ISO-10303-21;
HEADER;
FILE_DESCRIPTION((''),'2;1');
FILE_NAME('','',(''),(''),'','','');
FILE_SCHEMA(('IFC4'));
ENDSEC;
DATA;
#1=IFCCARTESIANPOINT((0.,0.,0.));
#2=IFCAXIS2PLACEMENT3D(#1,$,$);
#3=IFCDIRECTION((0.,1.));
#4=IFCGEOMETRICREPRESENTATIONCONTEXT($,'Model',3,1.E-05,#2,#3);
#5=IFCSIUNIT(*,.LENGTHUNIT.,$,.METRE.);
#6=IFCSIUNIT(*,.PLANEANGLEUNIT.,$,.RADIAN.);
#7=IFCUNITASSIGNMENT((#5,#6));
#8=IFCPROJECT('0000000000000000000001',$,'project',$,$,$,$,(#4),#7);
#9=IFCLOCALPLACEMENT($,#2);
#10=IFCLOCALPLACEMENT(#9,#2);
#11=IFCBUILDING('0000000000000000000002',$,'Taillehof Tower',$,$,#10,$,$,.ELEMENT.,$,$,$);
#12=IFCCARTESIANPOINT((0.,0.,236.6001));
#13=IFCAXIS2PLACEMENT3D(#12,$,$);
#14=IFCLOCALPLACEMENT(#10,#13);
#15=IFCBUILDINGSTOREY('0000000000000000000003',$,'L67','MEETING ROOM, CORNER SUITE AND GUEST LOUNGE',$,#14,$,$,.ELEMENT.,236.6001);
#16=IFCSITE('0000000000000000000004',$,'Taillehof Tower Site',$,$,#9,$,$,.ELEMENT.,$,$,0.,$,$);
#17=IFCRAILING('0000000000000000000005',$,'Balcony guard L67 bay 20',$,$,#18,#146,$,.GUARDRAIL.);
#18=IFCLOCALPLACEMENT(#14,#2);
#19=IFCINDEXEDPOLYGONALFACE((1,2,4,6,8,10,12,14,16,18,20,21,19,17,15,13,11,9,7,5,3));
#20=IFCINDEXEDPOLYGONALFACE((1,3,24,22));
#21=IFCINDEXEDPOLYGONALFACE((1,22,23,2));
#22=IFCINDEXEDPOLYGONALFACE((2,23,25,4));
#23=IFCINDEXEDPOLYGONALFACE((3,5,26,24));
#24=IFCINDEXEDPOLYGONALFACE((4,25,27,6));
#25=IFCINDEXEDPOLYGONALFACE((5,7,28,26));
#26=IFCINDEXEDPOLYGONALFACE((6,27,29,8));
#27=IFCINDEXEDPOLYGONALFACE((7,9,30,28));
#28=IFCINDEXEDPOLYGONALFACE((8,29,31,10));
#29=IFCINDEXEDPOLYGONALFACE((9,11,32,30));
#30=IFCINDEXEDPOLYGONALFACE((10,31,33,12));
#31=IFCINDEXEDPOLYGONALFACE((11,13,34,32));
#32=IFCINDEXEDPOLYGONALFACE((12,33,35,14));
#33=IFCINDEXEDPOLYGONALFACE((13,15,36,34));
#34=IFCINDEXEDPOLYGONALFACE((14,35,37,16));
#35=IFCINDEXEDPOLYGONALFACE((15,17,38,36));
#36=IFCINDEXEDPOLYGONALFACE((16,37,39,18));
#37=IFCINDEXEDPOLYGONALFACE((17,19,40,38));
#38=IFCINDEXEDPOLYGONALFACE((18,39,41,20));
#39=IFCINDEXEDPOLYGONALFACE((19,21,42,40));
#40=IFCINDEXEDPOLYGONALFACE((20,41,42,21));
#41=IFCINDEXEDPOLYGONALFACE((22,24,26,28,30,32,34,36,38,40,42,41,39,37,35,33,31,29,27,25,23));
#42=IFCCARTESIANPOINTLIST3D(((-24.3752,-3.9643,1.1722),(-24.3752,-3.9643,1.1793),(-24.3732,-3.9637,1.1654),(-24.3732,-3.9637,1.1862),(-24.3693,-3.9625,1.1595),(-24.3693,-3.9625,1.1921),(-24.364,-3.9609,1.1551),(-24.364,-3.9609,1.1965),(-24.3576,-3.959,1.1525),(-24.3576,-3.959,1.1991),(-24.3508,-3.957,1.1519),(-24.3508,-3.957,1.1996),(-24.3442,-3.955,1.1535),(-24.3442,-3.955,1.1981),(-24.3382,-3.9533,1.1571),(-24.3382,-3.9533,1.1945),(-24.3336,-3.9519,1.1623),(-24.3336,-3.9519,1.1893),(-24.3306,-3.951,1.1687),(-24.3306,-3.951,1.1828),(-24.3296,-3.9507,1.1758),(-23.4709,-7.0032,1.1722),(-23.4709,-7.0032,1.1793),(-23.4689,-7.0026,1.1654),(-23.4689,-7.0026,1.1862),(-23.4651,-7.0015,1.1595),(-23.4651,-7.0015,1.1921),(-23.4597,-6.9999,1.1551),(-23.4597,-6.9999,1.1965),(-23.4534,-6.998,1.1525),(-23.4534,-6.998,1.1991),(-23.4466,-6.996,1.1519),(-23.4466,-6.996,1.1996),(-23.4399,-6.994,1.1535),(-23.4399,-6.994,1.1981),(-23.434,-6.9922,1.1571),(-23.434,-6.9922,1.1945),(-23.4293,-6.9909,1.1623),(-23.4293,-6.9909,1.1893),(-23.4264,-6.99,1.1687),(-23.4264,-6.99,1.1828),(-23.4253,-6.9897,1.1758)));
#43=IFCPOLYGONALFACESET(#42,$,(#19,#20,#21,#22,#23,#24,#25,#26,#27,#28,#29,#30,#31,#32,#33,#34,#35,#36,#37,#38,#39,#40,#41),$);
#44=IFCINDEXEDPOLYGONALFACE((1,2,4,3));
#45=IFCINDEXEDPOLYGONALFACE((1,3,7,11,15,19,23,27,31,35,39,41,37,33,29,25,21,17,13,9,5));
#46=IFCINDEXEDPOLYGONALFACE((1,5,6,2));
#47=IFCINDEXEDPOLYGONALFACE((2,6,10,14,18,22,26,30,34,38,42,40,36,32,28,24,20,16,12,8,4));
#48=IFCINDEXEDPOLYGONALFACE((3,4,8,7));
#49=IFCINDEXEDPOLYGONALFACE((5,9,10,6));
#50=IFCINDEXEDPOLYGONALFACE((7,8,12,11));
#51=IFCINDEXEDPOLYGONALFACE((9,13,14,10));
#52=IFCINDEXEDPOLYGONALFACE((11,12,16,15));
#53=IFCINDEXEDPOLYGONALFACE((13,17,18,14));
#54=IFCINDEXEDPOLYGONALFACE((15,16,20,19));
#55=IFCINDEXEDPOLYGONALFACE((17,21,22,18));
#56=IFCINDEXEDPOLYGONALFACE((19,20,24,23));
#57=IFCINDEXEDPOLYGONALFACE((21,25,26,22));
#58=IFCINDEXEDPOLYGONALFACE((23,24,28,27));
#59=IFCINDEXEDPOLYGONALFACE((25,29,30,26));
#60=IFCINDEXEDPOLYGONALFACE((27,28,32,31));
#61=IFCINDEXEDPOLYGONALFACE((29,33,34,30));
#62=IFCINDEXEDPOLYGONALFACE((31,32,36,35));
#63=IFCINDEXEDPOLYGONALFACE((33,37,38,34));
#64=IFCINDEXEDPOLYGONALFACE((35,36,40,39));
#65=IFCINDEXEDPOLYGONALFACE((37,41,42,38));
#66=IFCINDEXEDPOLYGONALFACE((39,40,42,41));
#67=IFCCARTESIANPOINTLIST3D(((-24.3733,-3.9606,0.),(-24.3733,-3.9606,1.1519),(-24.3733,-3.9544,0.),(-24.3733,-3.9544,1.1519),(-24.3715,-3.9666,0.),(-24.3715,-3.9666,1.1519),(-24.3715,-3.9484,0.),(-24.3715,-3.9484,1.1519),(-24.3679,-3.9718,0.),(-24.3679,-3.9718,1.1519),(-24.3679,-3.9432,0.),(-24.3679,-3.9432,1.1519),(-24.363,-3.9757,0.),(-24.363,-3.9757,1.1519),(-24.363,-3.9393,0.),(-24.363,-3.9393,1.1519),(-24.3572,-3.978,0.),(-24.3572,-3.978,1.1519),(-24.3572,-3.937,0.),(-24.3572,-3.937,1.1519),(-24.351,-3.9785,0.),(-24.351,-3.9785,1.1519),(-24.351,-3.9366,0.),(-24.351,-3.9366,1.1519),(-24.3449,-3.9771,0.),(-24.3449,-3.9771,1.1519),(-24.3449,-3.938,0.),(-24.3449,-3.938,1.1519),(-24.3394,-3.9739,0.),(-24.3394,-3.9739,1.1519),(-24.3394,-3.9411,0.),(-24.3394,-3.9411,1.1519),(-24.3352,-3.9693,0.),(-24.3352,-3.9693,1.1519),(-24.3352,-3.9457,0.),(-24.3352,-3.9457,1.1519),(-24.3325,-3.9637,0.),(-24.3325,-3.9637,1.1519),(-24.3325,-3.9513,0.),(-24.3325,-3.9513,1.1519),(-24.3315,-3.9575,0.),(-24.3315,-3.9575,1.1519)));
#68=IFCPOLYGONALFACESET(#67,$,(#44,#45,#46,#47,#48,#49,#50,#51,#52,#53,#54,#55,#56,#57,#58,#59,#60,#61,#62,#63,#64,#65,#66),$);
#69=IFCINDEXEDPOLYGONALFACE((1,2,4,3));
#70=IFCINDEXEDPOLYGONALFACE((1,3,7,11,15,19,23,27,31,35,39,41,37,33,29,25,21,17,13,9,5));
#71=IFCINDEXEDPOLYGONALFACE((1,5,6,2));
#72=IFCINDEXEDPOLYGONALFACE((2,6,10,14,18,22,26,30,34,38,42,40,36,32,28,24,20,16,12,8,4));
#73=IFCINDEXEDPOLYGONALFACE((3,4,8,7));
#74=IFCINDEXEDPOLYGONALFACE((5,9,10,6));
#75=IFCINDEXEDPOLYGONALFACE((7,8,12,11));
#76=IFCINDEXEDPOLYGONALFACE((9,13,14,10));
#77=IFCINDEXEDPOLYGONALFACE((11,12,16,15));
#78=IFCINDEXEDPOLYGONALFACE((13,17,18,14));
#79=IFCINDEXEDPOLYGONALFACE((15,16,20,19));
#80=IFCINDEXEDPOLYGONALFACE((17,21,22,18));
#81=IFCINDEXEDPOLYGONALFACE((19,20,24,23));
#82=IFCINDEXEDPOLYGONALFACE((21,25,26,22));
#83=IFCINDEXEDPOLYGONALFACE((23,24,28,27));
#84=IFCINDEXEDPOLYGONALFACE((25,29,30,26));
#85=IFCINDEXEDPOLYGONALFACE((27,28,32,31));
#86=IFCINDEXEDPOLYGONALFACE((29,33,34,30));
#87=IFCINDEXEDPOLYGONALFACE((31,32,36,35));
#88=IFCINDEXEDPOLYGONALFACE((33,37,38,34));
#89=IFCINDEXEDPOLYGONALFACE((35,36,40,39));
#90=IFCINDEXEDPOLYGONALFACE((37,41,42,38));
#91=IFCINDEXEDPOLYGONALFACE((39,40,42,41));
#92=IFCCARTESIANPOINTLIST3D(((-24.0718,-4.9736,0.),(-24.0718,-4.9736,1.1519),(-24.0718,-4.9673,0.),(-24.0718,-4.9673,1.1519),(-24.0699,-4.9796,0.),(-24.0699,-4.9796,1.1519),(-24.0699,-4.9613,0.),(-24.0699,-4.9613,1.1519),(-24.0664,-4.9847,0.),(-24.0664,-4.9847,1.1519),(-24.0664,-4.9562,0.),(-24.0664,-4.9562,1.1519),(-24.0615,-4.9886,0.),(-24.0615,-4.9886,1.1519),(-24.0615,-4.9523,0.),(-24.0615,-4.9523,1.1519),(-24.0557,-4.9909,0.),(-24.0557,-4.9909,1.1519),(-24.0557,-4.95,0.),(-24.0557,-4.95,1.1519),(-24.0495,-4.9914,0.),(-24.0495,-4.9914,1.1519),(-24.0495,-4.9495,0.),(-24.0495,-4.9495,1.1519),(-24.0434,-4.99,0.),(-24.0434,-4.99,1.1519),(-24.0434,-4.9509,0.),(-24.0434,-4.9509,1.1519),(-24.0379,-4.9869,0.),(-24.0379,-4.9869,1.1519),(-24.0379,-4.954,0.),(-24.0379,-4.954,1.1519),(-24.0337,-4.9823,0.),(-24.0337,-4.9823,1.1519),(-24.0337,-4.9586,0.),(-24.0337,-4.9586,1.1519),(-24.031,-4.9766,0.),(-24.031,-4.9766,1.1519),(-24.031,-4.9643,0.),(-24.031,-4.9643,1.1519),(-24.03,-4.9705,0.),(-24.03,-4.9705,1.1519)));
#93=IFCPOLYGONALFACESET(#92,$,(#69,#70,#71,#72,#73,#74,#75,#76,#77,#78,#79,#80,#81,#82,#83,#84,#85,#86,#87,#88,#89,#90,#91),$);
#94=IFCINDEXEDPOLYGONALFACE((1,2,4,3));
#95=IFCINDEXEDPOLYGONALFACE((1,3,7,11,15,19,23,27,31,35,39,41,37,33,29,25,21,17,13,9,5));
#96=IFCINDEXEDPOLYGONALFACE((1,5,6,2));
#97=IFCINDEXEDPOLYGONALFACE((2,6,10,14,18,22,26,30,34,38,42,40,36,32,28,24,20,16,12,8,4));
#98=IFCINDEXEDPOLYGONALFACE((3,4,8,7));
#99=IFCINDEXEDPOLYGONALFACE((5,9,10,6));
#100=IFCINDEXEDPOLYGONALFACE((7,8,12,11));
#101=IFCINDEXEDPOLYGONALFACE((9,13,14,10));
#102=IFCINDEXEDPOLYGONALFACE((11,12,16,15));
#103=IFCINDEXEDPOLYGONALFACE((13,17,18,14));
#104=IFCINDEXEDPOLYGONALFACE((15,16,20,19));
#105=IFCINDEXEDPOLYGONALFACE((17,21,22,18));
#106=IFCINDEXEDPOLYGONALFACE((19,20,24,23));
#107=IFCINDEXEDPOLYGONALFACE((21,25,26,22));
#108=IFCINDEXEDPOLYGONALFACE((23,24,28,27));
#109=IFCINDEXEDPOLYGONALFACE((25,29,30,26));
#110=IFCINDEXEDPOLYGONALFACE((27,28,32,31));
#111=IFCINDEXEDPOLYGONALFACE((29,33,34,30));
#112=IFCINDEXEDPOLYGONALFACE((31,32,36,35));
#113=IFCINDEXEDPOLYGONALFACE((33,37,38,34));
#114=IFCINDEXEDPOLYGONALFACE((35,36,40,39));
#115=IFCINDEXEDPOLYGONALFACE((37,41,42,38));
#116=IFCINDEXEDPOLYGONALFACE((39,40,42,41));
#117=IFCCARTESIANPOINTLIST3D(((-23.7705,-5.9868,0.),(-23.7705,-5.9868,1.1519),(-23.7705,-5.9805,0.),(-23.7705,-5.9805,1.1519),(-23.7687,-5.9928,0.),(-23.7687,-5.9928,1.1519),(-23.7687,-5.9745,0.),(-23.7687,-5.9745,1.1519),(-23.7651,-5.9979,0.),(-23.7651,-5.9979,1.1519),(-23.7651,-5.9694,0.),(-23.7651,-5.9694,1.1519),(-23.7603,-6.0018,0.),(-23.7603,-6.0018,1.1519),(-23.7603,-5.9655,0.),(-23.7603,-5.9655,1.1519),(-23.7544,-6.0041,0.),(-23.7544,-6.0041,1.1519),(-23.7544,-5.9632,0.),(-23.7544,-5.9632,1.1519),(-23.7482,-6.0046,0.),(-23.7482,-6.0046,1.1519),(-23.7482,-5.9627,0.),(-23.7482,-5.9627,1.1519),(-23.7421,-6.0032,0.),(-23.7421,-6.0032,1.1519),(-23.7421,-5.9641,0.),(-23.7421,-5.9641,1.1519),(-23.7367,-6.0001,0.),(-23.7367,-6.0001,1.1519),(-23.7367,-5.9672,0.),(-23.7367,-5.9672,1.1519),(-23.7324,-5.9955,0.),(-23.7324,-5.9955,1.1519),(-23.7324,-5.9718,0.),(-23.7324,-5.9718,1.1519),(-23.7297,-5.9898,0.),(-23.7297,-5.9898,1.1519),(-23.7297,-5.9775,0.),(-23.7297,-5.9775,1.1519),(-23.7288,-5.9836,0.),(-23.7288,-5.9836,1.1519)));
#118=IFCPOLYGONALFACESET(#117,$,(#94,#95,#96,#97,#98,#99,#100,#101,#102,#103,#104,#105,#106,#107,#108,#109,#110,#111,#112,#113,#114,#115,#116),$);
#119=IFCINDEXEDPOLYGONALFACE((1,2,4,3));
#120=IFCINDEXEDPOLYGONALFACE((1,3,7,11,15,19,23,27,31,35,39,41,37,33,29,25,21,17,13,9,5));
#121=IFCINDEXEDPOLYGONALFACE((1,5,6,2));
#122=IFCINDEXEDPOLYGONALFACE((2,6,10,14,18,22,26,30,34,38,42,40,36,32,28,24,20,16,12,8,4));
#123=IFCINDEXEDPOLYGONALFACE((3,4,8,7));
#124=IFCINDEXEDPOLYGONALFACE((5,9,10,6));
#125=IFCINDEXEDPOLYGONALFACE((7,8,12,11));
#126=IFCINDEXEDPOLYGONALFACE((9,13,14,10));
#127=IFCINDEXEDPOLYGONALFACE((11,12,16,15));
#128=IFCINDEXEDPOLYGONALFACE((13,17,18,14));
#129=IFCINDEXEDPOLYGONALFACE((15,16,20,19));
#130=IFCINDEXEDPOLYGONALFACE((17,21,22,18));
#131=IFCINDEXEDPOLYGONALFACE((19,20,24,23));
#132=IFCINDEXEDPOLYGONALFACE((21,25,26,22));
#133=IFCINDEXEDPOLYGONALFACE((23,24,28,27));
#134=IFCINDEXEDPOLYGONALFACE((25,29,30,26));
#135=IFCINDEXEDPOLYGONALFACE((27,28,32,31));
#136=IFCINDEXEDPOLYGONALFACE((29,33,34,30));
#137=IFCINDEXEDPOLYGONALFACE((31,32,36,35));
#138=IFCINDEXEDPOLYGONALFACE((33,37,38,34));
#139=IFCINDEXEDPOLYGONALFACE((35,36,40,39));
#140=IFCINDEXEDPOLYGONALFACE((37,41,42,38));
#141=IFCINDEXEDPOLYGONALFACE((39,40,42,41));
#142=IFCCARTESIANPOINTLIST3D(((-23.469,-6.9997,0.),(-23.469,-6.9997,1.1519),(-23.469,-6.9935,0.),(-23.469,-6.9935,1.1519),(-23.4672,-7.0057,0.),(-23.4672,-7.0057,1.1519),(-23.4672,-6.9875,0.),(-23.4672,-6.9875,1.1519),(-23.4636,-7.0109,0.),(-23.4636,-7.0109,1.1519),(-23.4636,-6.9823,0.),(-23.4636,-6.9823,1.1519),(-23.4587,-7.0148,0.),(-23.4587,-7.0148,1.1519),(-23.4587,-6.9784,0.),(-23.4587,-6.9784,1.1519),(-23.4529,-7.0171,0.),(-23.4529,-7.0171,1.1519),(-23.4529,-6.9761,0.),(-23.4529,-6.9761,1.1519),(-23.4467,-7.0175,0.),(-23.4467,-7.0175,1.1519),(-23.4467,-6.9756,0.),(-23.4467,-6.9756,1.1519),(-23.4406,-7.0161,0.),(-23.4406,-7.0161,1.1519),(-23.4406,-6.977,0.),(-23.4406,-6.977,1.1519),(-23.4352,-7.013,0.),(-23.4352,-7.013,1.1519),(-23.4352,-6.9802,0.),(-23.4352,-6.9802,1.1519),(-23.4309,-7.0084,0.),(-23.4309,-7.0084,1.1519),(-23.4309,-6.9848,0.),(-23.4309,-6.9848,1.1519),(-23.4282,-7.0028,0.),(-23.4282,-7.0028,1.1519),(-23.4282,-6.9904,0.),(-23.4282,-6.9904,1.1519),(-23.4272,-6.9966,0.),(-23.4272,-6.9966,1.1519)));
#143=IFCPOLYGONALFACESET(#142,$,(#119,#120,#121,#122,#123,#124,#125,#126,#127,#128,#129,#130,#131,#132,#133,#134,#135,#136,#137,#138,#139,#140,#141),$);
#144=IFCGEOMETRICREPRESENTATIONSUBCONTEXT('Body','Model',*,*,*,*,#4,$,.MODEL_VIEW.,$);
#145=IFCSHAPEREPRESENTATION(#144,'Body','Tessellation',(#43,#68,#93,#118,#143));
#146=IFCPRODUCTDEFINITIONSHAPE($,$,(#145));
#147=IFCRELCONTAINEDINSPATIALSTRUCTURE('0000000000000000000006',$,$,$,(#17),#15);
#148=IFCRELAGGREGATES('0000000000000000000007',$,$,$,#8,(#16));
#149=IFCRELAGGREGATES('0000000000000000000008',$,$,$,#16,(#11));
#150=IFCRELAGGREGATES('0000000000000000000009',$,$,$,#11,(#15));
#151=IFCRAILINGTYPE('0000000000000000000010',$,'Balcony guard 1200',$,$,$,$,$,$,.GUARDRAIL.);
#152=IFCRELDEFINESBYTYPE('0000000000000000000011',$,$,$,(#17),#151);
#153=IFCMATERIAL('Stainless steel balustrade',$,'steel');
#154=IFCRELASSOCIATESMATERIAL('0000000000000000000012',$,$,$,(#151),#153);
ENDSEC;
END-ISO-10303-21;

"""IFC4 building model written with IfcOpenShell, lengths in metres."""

from ifc_helpers import new_model, si_unit, direction, frame, origin, origin_2d, place, context, subcontext, project, spatial, circle, extrude, material, type_object, element, save


model = new_model("IFC4")

# Units and contexts
model_context = context("Model", 3, precision=1e-05, world=origin(), true_north=direction((0.0, 1.0)))
body_context = subcontext(model_context, "Body", "Model", "MODEL_VIEW")
ifc_project = project(units=[si_unit("LENGTHUNIT", "METRE"), si_unit("PLANEANGLEUNIT", "RADIAN")], contexts=[model_context])

# Site, building, storey
site_placement = place(None, origin())
site = spatial("IfcSite", under=ifc_project, at=site_placement, Name="Taillehof Tower Site", CompositionType="ELEMENT", RefElevation=0.0)
building_placement = place(site_placement, origin())
building = spatial("IfcBuilding", under=site, at=building_placement, Name="Taillehof Tower", CompositionType="ELEMENT")
storey_placement = place(building_placement, frame((0.0, 0.0, 236.6001)))
storey = spatial("IfcBuildingStorey", under=building, at=storey_placement, Name="L67", Description="MEETING ROOM, CORNER SUITE AND GUEST LOUNGE", CompositionType="ELEMENT", Elevation=236.6001)

# Railing
ifc_material_1 = material(Name="Stainless steel balustrade", Category="steel")
railing_type = type_object("IfcRailingType", Name="Balcony guard 1200", PredefinedType="GUARDRAIL", material=ifc_material_1)
railing_1_placement = place(storey_placement, frame((-24.3525, -3.9575, 0.0)))
element("IfcRailing", 1, at=railing_1_placement, inside=storey, type_object=railing_type, Name="Balcony guard L67 bay 20", PredefinedType="GUARDRAIL", context=body_context, shape_type="SweptSolid", body=[
    extrude(circle(Radius=0.0239, at=origin_2d()), frame((0.0, 0.0, 1.1758), z_axis=(0.2852, -0.958468, 0.0), x_axis=(0.958468, 0.2852, 0.0)), (0.0, 0.0, 1.0), 3.1707),
    extrude(circle(Radius=0.021, at=origin_2d()), origin(), (0.0, 0.0, 1.0), 1.1519),
    extrude(circle(Radius=0.021, at=origin_2d()), frame((0.3015, -1.0129, 0.0)), (0.0, 0.0, 1.0), 1.1519),
    extrude(circle(Radius=0.021, at=origin_2d()), frame((0.6028, -2.0261, 0.0)), (0.0, 0.0, 1.0), 1.1519),
    extrude(circle(Radius=0.021, at=origin_2d()), frame((0.9043, -3.0391, 0.0)), (0.0, 0.0, 1.0), 1.1519),
])

save(model, "model.ifc")
